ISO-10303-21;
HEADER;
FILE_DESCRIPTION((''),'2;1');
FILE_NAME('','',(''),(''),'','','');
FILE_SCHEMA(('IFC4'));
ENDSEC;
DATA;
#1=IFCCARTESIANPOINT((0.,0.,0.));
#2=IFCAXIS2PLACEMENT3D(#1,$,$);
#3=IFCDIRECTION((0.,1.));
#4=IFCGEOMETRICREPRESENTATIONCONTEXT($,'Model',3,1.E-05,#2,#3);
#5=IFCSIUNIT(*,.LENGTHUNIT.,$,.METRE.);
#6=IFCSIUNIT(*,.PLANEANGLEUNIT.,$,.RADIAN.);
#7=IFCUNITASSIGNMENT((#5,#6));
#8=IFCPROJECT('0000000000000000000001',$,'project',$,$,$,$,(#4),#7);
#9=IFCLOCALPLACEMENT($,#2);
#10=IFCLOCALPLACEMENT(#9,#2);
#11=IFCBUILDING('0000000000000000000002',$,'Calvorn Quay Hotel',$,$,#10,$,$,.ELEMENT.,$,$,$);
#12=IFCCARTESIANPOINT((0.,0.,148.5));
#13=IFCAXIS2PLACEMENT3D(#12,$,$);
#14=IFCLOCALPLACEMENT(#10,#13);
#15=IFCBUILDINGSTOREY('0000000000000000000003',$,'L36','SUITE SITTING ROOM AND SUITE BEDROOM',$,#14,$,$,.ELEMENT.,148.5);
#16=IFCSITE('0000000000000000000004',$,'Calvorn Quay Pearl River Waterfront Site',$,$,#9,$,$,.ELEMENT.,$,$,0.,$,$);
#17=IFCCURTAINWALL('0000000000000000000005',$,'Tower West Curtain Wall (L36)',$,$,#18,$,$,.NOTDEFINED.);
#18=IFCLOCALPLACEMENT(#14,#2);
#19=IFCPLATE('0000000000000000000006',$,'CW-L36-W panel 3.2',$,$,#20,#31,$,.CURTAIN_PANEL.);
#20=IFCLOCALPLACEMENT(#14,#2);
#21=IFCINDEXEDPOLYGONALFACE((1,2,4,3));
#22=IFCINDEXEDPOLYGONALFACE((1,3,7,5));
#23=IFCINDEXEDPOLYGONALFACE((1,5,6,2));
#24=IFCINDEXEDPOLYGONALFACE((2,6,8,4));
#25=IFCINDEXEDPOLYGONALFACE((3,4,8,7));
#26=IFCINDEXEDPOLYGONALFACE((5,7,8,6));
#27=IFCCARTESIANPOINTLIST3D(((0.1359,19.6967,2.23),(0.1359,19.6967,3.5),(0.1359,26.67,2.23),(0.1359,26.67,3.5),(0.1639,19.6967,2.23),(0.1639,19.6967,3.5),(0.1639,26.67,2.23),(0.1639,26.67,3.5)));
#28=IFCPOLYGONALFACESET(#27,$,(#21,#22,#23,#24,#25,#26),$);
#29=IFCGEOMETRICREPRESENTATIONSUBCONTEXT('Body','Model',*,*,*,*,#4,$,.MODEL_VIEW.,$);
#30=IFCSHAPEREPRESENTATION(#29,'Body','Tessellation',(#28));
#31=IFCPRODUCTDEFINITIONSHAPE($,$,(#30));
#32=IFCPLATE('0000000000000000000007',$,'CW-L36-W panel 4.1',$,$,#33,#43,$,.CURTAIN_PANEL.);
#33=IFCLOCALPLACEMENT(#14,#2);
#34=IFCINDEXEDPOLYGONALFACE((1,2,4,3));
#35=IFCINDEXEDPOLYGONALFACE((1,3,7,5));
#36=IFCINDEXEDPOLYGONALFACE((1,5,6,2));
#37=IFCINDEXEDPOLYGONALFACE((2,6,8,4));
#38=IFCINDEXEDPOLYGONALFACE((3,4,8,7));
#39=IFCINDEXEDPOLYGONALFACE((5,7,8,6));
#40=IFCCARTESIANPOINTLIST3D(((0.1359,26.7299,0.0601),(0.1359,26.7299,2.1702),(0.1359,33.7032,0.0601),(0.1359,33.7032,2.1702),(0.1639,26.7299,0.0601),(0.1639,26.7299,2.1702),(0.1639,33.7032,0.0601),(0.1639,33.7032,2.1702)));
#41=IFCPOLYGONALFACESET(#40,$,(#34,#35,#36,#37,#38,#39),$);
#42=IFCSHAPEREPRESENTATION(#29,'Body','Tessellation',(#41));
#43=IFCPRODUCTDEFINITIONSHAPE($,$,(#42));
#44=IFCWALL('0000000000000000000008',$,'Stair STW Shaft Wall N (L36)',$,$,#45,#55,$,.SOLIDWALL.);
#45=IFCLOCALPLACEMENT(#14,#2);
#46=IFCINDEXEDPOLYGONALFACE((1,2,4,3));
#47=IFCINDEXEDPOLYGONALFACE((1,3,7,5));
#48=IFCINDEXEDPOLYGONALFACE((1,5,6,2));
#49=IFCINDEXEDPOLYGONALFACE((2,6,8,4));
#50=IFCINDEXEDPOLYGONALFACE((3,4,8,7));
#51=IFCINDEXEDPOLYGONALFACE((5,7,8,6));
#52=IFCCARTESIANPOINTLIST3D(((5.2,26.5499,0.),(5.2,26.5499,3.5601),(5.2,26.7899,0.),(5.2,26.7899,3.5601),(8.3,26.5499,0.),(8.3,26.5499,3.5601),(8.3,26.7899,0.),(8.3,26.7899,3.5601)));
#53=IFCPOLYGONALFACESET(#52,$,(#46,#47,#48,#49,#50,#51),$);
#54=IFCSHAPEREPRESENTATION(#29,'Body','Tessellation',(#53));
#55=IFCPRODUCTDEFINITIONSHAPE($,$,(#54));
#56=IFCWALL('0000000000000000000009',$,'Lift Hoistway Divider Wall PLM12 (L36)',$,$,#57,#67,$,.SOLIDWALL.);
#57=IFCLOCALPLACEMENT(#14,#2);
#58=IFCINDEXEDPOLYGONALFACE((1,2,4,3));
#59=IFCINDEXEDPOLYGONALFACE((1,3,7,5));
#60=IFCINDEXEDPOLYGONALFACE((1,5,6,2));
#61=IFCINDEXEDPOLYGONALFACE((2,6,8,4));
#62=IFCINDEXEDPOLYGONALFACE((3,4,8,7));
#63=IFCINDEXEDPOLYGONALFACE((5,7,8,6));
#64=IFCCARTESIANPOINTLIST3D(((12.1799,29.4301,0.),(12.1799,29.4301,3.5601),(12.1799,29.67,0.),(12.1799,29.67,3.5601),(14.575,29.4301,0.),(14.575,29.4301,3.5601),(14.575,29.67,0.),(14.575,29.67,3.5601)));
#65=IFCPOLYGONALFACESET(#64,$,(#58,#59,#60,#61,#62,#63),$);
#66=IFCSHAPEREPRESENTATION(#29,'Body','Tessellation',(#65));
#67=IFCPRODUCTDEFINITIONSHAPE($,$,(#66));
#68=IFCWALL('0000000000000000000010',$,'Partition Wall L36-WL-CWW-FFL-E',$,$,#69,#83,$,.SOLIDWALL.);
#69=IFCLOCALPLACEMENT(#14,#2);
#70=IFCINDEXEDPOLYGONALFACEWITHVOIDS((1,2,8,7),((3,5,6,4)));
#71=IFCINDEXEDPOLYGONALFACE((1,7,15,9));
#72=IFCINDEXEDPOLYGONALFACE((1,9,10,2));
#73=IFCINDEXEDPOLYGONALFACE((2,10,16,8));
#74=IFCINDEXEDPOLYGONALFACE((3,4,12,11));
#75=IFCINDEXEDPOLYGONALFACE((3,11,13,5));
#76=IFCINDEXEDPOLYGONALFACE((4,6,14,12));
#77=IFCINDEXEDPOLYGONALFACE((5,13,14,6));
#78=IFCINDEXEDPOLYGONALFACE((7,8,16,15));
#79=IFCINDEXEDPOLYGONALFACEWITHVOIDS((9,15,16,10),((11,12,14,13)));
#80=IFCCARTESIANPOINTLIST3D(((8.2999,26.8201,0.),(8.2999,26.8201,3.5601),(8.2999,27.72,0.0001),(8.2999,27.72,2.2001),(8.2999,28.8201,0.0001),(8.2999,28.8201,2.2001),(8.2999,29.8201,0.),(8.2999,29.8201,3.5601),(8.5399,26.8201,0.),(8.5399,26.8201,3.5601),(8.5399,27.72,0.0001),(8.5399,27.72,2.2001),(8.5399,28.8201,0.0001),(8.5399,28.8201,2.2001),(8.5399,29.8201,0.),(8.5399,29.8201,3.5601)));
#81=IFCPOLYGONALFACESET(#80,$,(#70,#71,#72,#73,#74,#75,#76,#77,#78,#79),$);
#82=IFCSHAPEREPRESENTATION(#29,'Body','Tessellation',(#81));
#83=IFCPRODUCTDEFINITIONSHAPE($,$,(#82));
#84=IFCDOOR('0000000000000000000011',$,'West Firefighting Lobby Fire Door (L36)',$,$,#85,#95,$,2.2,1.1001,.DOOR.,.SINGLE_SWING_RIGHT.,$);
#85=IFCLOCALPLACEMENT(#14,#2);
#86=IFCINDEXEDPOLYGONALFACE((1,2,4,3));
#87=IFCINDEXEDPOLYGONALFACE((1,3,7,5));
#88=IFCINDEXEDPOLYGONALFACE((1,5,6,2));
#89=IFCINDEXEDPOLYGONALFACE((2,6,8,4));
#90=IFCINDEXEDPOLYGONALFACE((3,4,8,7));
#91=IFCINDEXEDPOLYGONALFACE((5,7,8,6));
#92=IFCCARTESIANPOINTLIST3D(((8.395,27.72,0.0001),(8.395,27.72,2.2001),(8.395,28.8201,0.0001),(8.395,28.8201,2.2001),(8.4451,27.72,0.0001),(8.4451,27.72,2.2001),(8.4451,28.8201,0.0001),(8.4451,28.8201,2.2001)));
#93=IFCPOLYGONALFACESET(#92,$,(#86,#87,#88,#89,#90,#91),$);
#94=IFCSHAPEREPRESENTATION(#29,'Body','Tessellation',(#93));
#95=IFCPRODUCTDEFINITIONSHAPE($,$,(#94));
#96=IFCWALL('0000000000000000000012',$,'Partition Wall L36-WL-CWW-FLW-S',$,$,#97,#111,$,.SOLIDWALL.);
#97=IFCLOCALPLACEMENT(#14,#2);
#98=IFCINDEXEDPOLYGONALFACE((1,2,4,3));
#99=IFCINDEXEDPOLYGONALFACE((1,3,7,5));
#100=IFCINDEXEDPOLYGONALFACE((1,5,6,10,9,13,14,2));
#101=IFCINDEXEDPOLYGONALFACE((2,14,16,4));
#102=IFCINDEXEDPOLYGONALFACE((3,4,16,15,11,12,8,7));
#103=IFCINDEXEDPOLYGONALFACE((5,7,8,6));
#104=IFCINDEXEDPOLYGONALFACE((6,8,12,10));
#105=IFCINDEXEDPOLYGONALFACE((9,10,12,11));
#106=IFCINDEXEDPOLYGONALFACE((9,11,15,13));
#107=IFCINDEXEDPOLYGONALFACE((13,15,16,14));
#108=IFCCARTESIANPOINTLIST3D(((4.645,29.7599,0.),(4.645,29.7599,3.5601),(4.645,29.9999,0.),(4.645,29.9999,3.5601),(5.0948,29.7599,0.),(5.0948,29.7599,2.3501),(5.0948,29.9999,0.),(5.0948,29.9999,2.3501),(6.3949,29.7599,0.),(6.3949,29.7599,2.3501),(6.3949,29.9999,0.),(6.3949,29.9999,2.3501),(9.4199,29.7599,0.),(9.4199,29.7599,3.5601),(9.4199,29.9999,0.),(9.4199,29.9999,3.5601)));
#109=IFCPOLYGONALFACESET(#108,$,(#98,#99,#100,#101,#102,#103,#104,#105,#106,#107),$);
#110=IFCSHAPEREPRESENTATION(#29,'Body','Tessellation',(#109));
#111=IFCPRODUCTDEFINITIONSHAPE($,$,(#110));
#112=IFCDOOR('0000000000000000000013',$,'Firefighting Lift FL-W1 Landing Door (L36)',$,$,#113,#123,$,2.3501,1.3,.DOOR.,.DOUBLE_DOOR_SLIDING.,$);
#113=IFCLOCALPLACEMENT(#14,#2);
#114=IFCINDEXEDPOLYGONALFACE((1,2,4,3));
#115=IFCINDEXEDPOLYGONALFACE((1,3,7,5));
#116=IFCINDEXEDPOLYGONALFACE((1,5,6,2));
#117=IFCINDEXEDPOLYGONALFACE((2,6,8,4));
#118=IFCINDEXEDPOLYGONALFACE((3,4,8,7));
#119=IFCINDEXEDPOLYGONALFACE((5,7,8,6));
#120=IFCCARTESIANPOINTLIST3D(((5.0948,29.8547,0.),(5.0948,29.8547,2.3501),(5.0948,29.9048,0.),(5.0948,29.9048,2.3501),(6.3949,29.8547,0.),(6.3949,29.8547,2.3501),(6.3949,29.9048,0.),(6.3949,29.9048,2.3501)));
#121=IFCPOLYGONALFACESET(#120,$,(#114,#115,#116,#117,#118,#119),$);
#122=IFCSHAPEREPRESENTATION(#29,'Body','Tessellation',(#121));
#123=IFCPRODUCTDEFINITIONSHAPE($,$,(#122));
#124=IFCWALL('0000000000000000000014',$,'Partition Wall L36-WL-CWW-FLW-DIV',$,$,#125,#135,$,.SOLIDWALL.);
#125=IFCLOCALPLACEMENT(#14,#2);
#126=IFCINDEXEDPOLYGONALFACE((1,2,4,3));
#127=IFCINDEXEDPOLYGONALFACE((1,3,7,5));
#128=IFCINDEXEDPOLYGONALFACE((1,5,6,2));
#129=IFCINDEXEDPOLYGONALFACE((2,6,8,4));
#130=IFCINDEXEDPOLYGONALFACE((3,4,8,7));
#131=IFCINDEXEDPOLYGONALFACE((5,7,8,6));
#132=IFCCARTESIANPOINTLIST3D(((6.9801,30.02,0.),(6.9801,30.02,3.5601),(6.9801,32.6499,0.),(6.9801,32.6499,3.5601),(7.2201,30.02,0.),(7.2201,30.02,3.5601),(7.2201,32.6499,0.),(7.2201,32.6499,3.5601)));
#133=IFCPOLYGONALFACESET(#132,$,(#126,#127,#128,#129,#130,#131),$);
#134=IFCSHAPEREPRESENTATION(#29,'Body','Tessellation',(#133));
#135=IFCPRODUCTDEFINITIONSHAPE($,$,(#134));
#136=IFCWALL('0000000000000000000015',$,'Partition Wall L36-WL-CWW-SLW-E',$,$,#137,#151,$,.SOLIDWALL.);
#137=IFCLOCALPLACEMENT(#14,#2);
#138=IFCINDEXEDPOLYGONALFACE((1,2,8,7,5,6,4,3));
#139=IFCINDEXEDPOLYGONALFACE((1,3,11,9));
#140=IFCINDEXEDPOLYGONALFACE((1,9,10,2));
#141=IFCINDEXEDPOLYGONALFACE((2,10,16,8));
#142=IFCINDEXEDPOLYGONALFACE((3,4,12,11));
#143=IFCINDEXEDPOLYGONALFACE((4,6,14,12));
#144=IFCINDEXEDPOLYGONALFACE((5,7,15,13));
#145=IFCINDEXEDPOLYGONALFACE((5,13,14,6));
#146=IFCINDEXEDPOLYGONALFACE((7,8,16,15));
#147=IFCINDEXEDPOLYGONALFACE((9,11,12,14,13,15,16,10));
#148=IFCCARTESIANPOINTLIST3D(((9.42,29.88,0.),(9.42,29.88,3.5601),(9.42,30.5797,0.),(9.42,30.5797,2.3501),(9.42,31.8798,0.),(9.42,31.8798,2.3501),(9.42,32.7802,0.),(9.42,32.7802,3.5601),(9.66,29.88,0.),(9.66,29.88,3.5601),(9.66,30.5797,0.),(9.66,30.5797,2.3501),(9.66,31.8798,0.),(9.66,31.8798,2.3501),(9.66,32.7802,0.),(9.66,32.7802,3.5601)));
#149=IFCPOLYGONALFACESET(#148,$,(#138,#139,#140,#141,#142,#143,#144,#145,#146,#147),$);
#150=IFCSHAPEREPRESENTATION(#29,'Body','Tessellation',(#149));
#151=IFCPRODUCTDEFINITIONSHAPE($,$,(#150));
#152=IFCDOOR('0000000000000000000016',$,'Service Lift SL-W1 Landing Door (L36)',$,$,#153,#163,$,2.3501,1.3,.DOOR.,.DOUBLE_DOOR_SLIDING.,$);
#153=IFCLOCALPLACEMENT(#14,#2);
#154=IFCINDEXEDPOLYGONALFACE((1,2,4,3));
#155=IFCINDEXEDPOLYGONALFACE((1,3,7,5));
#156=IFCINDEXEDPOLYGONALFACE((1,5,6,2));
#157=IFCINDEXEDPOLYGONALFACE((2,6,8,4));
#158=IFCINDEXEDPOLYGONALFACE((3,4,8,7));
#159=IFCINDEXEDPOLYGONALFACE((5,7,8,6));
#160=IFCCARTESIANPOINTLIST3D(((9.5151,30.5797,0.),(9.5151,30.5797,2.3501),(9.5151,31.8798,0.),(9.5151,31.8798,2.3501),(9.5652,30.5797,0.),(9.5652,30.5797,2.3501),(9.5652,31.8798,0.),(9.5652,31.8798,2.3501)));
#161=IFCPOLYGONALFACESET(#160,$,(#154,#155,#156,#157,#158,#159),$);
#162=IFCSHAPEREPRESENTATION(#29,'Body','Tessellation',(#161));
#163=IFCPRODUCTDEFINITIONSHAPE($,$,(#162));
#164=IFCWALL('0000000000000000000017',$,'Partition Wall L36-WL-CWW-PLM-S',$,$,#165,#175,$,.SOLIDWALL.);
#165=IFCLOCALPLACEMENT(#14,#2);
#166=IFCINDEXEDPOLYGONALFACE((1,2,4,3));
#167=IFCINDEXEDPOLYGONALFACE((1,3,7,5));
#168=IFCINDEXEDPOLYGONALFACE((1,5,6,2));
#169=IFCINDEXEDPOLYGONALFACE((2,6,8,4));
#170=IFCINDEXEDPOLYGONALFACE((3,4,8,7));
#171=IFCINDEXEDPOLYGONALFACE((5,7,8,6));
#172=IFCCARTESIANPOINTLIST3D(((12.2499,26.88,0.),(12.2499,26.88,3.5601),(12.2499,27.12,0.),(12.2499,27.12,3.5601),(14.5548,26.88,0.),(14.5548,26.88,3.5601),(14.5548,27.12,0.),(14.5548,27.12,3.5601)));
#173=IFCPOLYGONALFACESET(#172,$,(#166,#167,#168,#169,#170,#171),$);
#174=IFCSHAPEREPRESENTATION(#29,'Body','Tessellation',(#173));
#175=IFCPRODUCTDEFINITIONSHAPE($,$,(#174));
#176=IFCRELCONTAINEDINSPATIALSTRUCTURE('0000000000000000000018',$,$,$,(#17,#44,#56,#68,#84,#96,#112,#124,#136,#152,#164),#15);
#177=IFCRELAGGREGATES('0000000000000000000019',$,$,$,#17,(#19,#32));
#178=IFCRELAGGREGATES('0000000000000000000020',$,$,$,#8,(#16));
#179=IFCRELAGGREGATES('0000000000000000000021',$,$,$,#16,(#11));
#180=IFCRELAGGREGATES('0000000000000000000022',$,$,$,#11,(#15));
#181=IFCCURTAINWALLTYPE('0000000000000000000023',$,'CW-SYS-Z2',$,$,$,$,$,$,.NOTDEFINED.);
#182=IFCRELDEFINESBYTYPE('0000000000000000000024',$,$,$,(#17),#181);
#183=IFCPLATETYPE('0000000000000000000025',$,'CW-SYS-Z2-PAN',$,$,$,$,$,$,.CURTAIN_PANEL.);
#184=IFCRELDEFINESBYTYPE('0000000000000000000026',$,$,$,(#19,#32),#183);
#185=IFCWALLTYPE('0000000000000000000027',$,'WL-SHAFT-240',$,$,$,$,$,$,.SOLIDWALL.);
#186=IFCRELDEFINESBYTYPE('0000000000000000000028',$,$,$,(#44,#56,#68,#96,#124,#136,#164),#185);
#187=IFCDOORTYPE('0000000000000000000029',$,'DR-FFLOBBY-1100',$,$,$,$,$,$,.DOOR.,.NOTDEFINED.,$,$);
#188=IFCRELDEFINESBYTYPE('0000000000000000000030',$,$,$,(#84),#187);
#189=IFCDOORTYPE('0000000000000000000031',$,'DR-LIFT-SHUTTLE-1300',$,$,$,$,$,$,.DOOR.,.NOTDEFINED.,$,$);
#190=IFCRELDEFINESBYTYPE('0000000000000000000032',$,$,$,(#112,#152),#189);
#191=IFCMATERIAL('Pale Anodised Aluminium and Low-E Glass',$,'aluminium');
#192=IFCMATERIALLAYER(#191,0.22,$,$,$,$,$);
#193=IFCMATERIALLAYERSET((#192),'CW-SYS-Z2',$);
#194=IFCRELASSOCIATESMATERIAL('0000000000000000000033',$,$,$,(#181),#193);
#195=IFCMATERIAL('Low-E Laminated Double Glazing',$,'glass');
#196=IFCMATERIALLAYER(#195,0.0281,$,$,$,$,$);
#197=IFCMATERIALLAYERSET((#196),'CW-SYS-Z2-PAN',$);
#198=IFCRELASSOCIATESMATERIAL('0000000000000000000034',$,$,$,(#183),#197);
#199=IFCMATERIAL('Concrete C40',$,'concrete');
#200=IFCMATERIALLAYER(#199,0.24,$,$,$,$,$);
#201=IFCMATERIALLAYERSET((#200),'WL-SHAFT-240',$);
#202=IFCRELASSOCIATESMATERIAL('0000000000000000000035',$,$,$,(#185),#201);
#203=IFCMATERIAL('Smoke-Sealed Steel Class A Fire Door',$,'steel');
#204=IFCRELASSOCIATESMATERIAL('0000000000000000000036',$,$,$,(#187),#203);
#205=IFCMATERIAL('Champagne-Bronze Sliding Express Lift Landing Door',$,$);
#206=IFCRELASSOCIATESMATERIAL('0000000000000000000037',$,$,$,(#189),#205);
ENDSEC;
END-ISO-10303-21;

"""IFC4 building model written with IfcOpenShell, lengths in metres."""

from ifc_helpers import new_model, si_unit, direction, frame, frame_2d, origin, origin_2d, place, context, subcontext, project, spatial, rectangle, extrude, material, layer, layer_set, type_object, element, fill, aggregate, save


model = new_model("IFC4")

# Units and contexts
model_context = context("Model", 3, precision=1e-05, world=origin(), true_north=direction((0.0, 1.0)))
body_context = subcontext(model_context, "Body", "Model", "MODEL_VIEW")
ifc_project = project(units=[si_unit("LENGTHUNIT", "METRE"), si_unit("PLANEANGLEUNIT", "RADIAN")], contexts=[model_context])

# Site, building, storey
site_placement = place(None, origin())
site = spatial("IfcSite", under=ifc_project, at=site_placement, Name="Calvorn Quay Pearl River Waterfront Site", CompositionType="ELEMENT", RefElevation=0.0)
building_placement = place(site_placement, origin())
building = spatial("IfcBuilding", under=site, at=building_placement, Name="Calvorn Quay Hotel", CompositionType="ELEMENT")
storey_placement = place(building_placement, frame((0.0, 0.0, 148.5)))
storey = spatial("IfcBuildingStorey", under=building, at=storey_placement, Name="L36", Description="SUITE SITTING ROOM AND SUITE BEDROOM", CompositionType="ELEMENT", Elevation=148.5)

# Curtain wall, plates
ifc_material_1 = material(Name="Pale Anodised Aluminium and Low-E Glass", Category="aluminium")
ifc_layer_1 = layer(ifc_material_1, 0.22)
ifc_layer_set_1 = layer_set([ifc_layer_1], Name="CW-SYS-Z2")
curtain_wall_type = type_object("IfcCurtainWallType", Name="CW-SYS-Z2", PredefinedType="NOTDEFINED", material=ifc_layer_set_1)
curtain_wall_placement = place(storey_placement, origin())
curtain_wall = element("IfcCurtainWall", 1, at=curtain_wall_placement, inside=storey, type_object=curtain_wall_type, Name="Tower West Curtain Wall (L36)", PredefinedType="NOTDEFINED")
ifc_material_2 = material(Name="Low-E Laminated Double Glazing", Category="glass")
ifc_layer_2 = layer(ifc_material_2, 0.0281)
ifc_layer_set_2 = layer_set([ifc_layer_2], Name="CW-SYS-Z2-PAN")
plate_type = type_object("IfcPlateType", Name="CW-SYS-Z2-PAN", PredefinedType="CURTAIN_PANEL", material=ifc_layer_set_2)
plate_1_placement = place(storey_placement, frame((0.1499, 23.1833, 2.23), z_axis=(0.0, 0.0, 1.0), x_axis=(0.0, 1.0, 0.0)))
plate_1 = element("IfcPlate", 2, at=plate_1_placement, type_object=plate_type, Name="CW-L36-W panel 3.2", PredefinedType="CURTAIN_PANEL", context=body_context, shape_type="SweptSolid", body=[
    extrude(rectangle(XDim=6.9734, YDim=0.0281, at=origin_2d()), origin(), (0.0, 0.0, 1.0), 1.27),
])
plate_2_placement = place(storey_placement, frame((0.1499, 30.2166, 0.0601), z_axis=(0.0, 0.0, 1.0), x_axis=(0.0, 1.0, 0.0)))
plate_2 = element("IfcPlate", 3, at=plate_2_placement, type_object=plate_type, Name="CW-L36-W panel 4.1", PredefinedType="CURTAIN_PANEL", context=body_context, shape_type="SweptSolid", body=[
    extrude(rectangle(XDim=6.9734, YDim=0.0281, at=origin_2d()), origin(), (0.0, 0.0, 1.0), 2.1101),
])
aggregate(curtain_wall, [plate_1, plate_2])

# Walls
ifc_material_3 = material(Name="Concrete C40", Category="concrete")
ifc_layer_3 = layer(ifc_material_3, 0.24)
ifc_layer_set_3 = layer_set([ifc_layer_3], Name="WL-SHAFT-240")
wall_type_1 = type_object("IfcWallType", Name="WL-SHAFT-240", PredefinedType="SOLIDWALL", material=ifc_layer_set_3)
wall_1_placement = place(storey_placement, frame((5.2, 26.6699, 0.0), z_axis=(0.0, 0.0, 1.0), x_axis=(1.0, 0.0, 0.0)))
element("IfcWall", 4, at=wall_1_placement, inside=storey, type_object=wall_type_1, Name="Stair STW Shaft Wall N (L36)", PredefinedType="SOLIDWALL", context=body_context, shape_type="SweptSolid", body=[
    extrude(rectangle(XDim=3.1001, YDim=0.24, at=frame_2d((1.55, 0.0))), origin(), (0.0, 0.0, 1.0), 3.5601),
])
wall_2_placement = place(storey_placement, frame((12.1799, 29.55, 0.0), z_axis=(0.0, 0.0, 1.0), x_axis=(1.0, 0.0, 0.0)))
element("IfcWall", 5, at=wall_2_placement, inside=storey, type_object=wall_type_1, Name="Lift Hoistway Divider Wall PLM12 (L36)", PredefinedType="SOLIDWALL", context=body_context, shape_type="SweptSolid", body=[
    extrude(rectangle(XDim=2.395, YDim=0.24, at=frame_2d((1.1975, 0.0))), origin(), (0.0, 0.0, 1.0), 3.5601),
])

# Walls, openings, doors
wall_3_placement = place(storey_placement, frame((8.4199, 26.8201, 0.0), z_axis=(0.0, 0.0, 1.0), x_axis=(0.0, 1.0, 0.0)))
wall_3 = element("IfcWall", 6, at=wall_3_placement, inside=storey, type_object=wall_type_1, Name="Partition Wall L36-WL-CWW-FFL-E", PredefinedType="SOLIDWALL", context=body_context, shape_type="SweptSolid", body=[
    extrude(rectangle(XDim=3.0, YDim=0.24, at=frame_2d((1.5, 0.0))), origin(), (0.0, 0.0, 1.0), 3.5601),
])
opening_1_placement = place(wall_3_placement, frame((0.8999, 0.0, 0.0)))
opening_1 = element("IfcOpeningElement", 7, at=opening_1_placement, cuts=wall_3, PredefinedType="OPENING", context=body_context, shape_type="SweptSolid", body=[
    extrude(rectangle(XDim=1.1001, YDim=2.2, at=frame_2d((0.55, 1.1001))), frame((0.0, 0.1299, 0.0), z_axis=(0.0, -1.0, 0.0), x_axis=(1.0, 0.0, 0.0)), (0.0, 0.0, 1.0), 0.26),
])
ifc_material_4 = material(Name="Smoke-Sealed Steel Class A Fire Door", Category="steel")
door_type_1 = type_object("IfcDoorType", Name="DR-FFLOBBY-1100", OperationType="NOTDEFINED", PredefinedType="DOOR", material=ifc_material_4)
door_1_placement = place(opening_1_placement, origin())
door_1 = element("IfcDoor", 8, at=door_1_placement, inside=storey, type_object=door_type_1, Name="West Firefighting Lobby Fire Door (L36)", OperationType="SINGLE_SWING_RIGHT", OverallHeight=2.2, OverallWidth=1.1001, PredefinedType="DOOR", context=body_context, shape_type="SweptSolid", body=[
    extrude(rectangle(XDim=1.1001, YDim=2.2, at=frame_2d((0.55, 1.1001))), frame((0.0, 0.0249, 0.0), z_axis=(0.0, -1.0, 0.0), x_axis=(1.0, 0.0, 0.0)), (0.0, 0.0, 1.0), 0.05),
])
fill(opening_1, door_1)
wall_4_placement = place(storey_placement, frame((4.645, 29.8799, 0.0), z_axis=(0.0, 0.0, 1.0), x_axis=(1.0, 0.0, 0.0)))
wall_4 = element("IfcWall", 9, at=wall_4_placement, inside=storey, type_object=wall_type_1, Name="Partition Wall L36-WL-CWW-FLW-S", PredefinedType="SOLIDWALL", context=body_context, shape_type="SweptSolid", body=[
    extrude(rectangle(XDim=4.7749, YDim=0.24, at=frame_2d((2.3875, 0.0))), origin(), (0.0, 0.0, 1.0), 3.5601),
])
opening_2_placement = place(wall_4_placement, frame((0.45, 0.0, 0.0)))
opening_2 = element("IfcOpeningElement", 10, at=opening_2_placement, cuts=wall_4, PredefinedType="OPENING", context=body_context, shape_type="SweptSolid", body=[
    extrude(rectangle(XDim=1.3, YDim=2.3501, at=frame_2d((0.6499, 1.175))), frame((0.0, 0.1299, 0.0), z_axis=(0.0, -1.0, 0.0), x_axis=(1.0, 0.0, 0.0)), (0.0, 0.0, 1.0), 0.26),
])
ifc_material_5 = material(Name="Champagne-Bronze Sliding Express Lift Landing Door")
door_type_2 = type_object("IfcDoorType", Name="DR-LIFT-SHUTTLE-1300", OperationType="NOTDEFINED", PredefinedType="DOOR", material=ifc_material_5)
door_2_placement = place(opening_2_placement, origin())
door_2 = element("IfcDoor", 11, at=door_2_placement, inside=storey, type_object=door_type_2, Name="Firefighting Lift FL-W1 Landing Door (L36)", OperationType="DOUBLE_DOOR_SLIDING", OverallHeight=2.3501, OverallWidth=1.3, PredefinedType="DOOR", context=body_context, shape_type="SweptSolid", body=[
    extrude(rectangle(XDim=1.3, YDim=2.3501, at=frame_2d((0.6499, 1.175))), frame((0.0, 0.0249, 0.0), z_axis=(0.0, -1.0, 0.0), x_axis=(1.0, 0.0, 0.0)), (0.0, 0.0, 1.0), 0.05),
])
fill(opening_2, door_2)

# Wall
wall_5_placement = place(storey_placement, frame((7.1001, 30.02, 0.0), z_axis=(0.0, 0.0, 1.0), x_axis=(0.0, 1.0, 0.0)))
element("IfcWall", 12, at=wall_5_placement, inside=storey, type_object=wall_type_1, Name="Partition Wall L36-WL-CWW-FLW-DIV", PredefinedType="SOLIDWALL", context=body_context, shape_type="SweptSolid", body=[
    extrude(rectangle(XDim=2.6299, YDim=0.24, at=frame_2d((1.3149, 0.0))), origin(), (0.0, 0.0, 1.0), 3.5601),
])

# Wall, opening, door
wall_6_placement = place(storey_placement, frame((9.54, 29.8799, 0.0), z_axis=(0.0, 0.0, 1.0), x_axis=(0.0, 1.0, 0.0)))
wall_6 = element("IfcWall", 13, at=wall_6_placement, inside=storey, type_object=wall_type_1, Name="Partition Wall L36-WL-CWW-SLW-E", PredefinedType="SOLIDWALL", context=body_context, shape_type="SweptSolid", body=[
    extrude(rectangle(XDim=2.9001, YDim=0.24, at=frame_2d((1.4502, 0.0))), origin(), (0.0, 0.0, 1.0), 3.5601),
])
opening_3_placement = place(wall_6_placement, frame((0.7, 0.0, 0.0)))
opening_3 = element("IfcOpeningElement", 14, at=opening_3_placement, cuts=wall_6, PredefinedType="OPENING", context=body_context, shape_type="SweptSolid", body=[
    extrude(rectangle(XDim=1.3, YDim=2.3501, at=frame_2d((0.6499, 1.175))), frame((0.0, 0.1299, 0.0), z_axis=(0.0, -1.0, 0.0), x_axis=(1.0, 0.0, 0.0)), (0.0, 0.0, 1.0), 0.26),
])
door_3_placement = place(opening_3_placement, origin())
door_3 = element("IfcDoor", 15, at=door_3_placement, inside=storey, type_object=door_type_2, Name="Service Lift SL-W1 Landing Door (L36)", OperationType="DOUBLE_DOOR_SLIDING", OverallHeight=2.3501, OverallWidth=1.3, PredefinedType="DOOR", context=body_context, shape_type="SweptSolid", body=[
    extrude(rectangle(XDim=1.3, YDim=2.3501, at=frame_2d((0.6499, 1.175))), frame((0.0, 0.0249, 0.0), z_axis=(0.0, -1.0, 0.0), x_axis=(1.0, 0.0, 0.0)), (0.0, 0.0, 1.0), 0.05),
])
fill(opening_3, door_3)

# Wall
wall_7_placement = place(storey_placement, frame((12.25, 27.0, 0.0), z_axis=(0.0, 0.0, 1.0), x_axis=(1.0, 0.0, 0.0)))
element("IfcWall", 16, at=wall_7_placement, inside=storey, type_object=wall_type_1, Name="Partition Wall L36-WL-CWW-PLM-S", PredefinedType="SOLIDWALL", context=body_context, shape_type="SweptSolid", body=[
    extrude(rectangle(XDim=2.3049, YDim=0.24, at=frame_2d((1.1523, 0.0))), origin(), (0.0, 0.0, 1.0), 3.5601),
])

save(model, "model.ifc")
